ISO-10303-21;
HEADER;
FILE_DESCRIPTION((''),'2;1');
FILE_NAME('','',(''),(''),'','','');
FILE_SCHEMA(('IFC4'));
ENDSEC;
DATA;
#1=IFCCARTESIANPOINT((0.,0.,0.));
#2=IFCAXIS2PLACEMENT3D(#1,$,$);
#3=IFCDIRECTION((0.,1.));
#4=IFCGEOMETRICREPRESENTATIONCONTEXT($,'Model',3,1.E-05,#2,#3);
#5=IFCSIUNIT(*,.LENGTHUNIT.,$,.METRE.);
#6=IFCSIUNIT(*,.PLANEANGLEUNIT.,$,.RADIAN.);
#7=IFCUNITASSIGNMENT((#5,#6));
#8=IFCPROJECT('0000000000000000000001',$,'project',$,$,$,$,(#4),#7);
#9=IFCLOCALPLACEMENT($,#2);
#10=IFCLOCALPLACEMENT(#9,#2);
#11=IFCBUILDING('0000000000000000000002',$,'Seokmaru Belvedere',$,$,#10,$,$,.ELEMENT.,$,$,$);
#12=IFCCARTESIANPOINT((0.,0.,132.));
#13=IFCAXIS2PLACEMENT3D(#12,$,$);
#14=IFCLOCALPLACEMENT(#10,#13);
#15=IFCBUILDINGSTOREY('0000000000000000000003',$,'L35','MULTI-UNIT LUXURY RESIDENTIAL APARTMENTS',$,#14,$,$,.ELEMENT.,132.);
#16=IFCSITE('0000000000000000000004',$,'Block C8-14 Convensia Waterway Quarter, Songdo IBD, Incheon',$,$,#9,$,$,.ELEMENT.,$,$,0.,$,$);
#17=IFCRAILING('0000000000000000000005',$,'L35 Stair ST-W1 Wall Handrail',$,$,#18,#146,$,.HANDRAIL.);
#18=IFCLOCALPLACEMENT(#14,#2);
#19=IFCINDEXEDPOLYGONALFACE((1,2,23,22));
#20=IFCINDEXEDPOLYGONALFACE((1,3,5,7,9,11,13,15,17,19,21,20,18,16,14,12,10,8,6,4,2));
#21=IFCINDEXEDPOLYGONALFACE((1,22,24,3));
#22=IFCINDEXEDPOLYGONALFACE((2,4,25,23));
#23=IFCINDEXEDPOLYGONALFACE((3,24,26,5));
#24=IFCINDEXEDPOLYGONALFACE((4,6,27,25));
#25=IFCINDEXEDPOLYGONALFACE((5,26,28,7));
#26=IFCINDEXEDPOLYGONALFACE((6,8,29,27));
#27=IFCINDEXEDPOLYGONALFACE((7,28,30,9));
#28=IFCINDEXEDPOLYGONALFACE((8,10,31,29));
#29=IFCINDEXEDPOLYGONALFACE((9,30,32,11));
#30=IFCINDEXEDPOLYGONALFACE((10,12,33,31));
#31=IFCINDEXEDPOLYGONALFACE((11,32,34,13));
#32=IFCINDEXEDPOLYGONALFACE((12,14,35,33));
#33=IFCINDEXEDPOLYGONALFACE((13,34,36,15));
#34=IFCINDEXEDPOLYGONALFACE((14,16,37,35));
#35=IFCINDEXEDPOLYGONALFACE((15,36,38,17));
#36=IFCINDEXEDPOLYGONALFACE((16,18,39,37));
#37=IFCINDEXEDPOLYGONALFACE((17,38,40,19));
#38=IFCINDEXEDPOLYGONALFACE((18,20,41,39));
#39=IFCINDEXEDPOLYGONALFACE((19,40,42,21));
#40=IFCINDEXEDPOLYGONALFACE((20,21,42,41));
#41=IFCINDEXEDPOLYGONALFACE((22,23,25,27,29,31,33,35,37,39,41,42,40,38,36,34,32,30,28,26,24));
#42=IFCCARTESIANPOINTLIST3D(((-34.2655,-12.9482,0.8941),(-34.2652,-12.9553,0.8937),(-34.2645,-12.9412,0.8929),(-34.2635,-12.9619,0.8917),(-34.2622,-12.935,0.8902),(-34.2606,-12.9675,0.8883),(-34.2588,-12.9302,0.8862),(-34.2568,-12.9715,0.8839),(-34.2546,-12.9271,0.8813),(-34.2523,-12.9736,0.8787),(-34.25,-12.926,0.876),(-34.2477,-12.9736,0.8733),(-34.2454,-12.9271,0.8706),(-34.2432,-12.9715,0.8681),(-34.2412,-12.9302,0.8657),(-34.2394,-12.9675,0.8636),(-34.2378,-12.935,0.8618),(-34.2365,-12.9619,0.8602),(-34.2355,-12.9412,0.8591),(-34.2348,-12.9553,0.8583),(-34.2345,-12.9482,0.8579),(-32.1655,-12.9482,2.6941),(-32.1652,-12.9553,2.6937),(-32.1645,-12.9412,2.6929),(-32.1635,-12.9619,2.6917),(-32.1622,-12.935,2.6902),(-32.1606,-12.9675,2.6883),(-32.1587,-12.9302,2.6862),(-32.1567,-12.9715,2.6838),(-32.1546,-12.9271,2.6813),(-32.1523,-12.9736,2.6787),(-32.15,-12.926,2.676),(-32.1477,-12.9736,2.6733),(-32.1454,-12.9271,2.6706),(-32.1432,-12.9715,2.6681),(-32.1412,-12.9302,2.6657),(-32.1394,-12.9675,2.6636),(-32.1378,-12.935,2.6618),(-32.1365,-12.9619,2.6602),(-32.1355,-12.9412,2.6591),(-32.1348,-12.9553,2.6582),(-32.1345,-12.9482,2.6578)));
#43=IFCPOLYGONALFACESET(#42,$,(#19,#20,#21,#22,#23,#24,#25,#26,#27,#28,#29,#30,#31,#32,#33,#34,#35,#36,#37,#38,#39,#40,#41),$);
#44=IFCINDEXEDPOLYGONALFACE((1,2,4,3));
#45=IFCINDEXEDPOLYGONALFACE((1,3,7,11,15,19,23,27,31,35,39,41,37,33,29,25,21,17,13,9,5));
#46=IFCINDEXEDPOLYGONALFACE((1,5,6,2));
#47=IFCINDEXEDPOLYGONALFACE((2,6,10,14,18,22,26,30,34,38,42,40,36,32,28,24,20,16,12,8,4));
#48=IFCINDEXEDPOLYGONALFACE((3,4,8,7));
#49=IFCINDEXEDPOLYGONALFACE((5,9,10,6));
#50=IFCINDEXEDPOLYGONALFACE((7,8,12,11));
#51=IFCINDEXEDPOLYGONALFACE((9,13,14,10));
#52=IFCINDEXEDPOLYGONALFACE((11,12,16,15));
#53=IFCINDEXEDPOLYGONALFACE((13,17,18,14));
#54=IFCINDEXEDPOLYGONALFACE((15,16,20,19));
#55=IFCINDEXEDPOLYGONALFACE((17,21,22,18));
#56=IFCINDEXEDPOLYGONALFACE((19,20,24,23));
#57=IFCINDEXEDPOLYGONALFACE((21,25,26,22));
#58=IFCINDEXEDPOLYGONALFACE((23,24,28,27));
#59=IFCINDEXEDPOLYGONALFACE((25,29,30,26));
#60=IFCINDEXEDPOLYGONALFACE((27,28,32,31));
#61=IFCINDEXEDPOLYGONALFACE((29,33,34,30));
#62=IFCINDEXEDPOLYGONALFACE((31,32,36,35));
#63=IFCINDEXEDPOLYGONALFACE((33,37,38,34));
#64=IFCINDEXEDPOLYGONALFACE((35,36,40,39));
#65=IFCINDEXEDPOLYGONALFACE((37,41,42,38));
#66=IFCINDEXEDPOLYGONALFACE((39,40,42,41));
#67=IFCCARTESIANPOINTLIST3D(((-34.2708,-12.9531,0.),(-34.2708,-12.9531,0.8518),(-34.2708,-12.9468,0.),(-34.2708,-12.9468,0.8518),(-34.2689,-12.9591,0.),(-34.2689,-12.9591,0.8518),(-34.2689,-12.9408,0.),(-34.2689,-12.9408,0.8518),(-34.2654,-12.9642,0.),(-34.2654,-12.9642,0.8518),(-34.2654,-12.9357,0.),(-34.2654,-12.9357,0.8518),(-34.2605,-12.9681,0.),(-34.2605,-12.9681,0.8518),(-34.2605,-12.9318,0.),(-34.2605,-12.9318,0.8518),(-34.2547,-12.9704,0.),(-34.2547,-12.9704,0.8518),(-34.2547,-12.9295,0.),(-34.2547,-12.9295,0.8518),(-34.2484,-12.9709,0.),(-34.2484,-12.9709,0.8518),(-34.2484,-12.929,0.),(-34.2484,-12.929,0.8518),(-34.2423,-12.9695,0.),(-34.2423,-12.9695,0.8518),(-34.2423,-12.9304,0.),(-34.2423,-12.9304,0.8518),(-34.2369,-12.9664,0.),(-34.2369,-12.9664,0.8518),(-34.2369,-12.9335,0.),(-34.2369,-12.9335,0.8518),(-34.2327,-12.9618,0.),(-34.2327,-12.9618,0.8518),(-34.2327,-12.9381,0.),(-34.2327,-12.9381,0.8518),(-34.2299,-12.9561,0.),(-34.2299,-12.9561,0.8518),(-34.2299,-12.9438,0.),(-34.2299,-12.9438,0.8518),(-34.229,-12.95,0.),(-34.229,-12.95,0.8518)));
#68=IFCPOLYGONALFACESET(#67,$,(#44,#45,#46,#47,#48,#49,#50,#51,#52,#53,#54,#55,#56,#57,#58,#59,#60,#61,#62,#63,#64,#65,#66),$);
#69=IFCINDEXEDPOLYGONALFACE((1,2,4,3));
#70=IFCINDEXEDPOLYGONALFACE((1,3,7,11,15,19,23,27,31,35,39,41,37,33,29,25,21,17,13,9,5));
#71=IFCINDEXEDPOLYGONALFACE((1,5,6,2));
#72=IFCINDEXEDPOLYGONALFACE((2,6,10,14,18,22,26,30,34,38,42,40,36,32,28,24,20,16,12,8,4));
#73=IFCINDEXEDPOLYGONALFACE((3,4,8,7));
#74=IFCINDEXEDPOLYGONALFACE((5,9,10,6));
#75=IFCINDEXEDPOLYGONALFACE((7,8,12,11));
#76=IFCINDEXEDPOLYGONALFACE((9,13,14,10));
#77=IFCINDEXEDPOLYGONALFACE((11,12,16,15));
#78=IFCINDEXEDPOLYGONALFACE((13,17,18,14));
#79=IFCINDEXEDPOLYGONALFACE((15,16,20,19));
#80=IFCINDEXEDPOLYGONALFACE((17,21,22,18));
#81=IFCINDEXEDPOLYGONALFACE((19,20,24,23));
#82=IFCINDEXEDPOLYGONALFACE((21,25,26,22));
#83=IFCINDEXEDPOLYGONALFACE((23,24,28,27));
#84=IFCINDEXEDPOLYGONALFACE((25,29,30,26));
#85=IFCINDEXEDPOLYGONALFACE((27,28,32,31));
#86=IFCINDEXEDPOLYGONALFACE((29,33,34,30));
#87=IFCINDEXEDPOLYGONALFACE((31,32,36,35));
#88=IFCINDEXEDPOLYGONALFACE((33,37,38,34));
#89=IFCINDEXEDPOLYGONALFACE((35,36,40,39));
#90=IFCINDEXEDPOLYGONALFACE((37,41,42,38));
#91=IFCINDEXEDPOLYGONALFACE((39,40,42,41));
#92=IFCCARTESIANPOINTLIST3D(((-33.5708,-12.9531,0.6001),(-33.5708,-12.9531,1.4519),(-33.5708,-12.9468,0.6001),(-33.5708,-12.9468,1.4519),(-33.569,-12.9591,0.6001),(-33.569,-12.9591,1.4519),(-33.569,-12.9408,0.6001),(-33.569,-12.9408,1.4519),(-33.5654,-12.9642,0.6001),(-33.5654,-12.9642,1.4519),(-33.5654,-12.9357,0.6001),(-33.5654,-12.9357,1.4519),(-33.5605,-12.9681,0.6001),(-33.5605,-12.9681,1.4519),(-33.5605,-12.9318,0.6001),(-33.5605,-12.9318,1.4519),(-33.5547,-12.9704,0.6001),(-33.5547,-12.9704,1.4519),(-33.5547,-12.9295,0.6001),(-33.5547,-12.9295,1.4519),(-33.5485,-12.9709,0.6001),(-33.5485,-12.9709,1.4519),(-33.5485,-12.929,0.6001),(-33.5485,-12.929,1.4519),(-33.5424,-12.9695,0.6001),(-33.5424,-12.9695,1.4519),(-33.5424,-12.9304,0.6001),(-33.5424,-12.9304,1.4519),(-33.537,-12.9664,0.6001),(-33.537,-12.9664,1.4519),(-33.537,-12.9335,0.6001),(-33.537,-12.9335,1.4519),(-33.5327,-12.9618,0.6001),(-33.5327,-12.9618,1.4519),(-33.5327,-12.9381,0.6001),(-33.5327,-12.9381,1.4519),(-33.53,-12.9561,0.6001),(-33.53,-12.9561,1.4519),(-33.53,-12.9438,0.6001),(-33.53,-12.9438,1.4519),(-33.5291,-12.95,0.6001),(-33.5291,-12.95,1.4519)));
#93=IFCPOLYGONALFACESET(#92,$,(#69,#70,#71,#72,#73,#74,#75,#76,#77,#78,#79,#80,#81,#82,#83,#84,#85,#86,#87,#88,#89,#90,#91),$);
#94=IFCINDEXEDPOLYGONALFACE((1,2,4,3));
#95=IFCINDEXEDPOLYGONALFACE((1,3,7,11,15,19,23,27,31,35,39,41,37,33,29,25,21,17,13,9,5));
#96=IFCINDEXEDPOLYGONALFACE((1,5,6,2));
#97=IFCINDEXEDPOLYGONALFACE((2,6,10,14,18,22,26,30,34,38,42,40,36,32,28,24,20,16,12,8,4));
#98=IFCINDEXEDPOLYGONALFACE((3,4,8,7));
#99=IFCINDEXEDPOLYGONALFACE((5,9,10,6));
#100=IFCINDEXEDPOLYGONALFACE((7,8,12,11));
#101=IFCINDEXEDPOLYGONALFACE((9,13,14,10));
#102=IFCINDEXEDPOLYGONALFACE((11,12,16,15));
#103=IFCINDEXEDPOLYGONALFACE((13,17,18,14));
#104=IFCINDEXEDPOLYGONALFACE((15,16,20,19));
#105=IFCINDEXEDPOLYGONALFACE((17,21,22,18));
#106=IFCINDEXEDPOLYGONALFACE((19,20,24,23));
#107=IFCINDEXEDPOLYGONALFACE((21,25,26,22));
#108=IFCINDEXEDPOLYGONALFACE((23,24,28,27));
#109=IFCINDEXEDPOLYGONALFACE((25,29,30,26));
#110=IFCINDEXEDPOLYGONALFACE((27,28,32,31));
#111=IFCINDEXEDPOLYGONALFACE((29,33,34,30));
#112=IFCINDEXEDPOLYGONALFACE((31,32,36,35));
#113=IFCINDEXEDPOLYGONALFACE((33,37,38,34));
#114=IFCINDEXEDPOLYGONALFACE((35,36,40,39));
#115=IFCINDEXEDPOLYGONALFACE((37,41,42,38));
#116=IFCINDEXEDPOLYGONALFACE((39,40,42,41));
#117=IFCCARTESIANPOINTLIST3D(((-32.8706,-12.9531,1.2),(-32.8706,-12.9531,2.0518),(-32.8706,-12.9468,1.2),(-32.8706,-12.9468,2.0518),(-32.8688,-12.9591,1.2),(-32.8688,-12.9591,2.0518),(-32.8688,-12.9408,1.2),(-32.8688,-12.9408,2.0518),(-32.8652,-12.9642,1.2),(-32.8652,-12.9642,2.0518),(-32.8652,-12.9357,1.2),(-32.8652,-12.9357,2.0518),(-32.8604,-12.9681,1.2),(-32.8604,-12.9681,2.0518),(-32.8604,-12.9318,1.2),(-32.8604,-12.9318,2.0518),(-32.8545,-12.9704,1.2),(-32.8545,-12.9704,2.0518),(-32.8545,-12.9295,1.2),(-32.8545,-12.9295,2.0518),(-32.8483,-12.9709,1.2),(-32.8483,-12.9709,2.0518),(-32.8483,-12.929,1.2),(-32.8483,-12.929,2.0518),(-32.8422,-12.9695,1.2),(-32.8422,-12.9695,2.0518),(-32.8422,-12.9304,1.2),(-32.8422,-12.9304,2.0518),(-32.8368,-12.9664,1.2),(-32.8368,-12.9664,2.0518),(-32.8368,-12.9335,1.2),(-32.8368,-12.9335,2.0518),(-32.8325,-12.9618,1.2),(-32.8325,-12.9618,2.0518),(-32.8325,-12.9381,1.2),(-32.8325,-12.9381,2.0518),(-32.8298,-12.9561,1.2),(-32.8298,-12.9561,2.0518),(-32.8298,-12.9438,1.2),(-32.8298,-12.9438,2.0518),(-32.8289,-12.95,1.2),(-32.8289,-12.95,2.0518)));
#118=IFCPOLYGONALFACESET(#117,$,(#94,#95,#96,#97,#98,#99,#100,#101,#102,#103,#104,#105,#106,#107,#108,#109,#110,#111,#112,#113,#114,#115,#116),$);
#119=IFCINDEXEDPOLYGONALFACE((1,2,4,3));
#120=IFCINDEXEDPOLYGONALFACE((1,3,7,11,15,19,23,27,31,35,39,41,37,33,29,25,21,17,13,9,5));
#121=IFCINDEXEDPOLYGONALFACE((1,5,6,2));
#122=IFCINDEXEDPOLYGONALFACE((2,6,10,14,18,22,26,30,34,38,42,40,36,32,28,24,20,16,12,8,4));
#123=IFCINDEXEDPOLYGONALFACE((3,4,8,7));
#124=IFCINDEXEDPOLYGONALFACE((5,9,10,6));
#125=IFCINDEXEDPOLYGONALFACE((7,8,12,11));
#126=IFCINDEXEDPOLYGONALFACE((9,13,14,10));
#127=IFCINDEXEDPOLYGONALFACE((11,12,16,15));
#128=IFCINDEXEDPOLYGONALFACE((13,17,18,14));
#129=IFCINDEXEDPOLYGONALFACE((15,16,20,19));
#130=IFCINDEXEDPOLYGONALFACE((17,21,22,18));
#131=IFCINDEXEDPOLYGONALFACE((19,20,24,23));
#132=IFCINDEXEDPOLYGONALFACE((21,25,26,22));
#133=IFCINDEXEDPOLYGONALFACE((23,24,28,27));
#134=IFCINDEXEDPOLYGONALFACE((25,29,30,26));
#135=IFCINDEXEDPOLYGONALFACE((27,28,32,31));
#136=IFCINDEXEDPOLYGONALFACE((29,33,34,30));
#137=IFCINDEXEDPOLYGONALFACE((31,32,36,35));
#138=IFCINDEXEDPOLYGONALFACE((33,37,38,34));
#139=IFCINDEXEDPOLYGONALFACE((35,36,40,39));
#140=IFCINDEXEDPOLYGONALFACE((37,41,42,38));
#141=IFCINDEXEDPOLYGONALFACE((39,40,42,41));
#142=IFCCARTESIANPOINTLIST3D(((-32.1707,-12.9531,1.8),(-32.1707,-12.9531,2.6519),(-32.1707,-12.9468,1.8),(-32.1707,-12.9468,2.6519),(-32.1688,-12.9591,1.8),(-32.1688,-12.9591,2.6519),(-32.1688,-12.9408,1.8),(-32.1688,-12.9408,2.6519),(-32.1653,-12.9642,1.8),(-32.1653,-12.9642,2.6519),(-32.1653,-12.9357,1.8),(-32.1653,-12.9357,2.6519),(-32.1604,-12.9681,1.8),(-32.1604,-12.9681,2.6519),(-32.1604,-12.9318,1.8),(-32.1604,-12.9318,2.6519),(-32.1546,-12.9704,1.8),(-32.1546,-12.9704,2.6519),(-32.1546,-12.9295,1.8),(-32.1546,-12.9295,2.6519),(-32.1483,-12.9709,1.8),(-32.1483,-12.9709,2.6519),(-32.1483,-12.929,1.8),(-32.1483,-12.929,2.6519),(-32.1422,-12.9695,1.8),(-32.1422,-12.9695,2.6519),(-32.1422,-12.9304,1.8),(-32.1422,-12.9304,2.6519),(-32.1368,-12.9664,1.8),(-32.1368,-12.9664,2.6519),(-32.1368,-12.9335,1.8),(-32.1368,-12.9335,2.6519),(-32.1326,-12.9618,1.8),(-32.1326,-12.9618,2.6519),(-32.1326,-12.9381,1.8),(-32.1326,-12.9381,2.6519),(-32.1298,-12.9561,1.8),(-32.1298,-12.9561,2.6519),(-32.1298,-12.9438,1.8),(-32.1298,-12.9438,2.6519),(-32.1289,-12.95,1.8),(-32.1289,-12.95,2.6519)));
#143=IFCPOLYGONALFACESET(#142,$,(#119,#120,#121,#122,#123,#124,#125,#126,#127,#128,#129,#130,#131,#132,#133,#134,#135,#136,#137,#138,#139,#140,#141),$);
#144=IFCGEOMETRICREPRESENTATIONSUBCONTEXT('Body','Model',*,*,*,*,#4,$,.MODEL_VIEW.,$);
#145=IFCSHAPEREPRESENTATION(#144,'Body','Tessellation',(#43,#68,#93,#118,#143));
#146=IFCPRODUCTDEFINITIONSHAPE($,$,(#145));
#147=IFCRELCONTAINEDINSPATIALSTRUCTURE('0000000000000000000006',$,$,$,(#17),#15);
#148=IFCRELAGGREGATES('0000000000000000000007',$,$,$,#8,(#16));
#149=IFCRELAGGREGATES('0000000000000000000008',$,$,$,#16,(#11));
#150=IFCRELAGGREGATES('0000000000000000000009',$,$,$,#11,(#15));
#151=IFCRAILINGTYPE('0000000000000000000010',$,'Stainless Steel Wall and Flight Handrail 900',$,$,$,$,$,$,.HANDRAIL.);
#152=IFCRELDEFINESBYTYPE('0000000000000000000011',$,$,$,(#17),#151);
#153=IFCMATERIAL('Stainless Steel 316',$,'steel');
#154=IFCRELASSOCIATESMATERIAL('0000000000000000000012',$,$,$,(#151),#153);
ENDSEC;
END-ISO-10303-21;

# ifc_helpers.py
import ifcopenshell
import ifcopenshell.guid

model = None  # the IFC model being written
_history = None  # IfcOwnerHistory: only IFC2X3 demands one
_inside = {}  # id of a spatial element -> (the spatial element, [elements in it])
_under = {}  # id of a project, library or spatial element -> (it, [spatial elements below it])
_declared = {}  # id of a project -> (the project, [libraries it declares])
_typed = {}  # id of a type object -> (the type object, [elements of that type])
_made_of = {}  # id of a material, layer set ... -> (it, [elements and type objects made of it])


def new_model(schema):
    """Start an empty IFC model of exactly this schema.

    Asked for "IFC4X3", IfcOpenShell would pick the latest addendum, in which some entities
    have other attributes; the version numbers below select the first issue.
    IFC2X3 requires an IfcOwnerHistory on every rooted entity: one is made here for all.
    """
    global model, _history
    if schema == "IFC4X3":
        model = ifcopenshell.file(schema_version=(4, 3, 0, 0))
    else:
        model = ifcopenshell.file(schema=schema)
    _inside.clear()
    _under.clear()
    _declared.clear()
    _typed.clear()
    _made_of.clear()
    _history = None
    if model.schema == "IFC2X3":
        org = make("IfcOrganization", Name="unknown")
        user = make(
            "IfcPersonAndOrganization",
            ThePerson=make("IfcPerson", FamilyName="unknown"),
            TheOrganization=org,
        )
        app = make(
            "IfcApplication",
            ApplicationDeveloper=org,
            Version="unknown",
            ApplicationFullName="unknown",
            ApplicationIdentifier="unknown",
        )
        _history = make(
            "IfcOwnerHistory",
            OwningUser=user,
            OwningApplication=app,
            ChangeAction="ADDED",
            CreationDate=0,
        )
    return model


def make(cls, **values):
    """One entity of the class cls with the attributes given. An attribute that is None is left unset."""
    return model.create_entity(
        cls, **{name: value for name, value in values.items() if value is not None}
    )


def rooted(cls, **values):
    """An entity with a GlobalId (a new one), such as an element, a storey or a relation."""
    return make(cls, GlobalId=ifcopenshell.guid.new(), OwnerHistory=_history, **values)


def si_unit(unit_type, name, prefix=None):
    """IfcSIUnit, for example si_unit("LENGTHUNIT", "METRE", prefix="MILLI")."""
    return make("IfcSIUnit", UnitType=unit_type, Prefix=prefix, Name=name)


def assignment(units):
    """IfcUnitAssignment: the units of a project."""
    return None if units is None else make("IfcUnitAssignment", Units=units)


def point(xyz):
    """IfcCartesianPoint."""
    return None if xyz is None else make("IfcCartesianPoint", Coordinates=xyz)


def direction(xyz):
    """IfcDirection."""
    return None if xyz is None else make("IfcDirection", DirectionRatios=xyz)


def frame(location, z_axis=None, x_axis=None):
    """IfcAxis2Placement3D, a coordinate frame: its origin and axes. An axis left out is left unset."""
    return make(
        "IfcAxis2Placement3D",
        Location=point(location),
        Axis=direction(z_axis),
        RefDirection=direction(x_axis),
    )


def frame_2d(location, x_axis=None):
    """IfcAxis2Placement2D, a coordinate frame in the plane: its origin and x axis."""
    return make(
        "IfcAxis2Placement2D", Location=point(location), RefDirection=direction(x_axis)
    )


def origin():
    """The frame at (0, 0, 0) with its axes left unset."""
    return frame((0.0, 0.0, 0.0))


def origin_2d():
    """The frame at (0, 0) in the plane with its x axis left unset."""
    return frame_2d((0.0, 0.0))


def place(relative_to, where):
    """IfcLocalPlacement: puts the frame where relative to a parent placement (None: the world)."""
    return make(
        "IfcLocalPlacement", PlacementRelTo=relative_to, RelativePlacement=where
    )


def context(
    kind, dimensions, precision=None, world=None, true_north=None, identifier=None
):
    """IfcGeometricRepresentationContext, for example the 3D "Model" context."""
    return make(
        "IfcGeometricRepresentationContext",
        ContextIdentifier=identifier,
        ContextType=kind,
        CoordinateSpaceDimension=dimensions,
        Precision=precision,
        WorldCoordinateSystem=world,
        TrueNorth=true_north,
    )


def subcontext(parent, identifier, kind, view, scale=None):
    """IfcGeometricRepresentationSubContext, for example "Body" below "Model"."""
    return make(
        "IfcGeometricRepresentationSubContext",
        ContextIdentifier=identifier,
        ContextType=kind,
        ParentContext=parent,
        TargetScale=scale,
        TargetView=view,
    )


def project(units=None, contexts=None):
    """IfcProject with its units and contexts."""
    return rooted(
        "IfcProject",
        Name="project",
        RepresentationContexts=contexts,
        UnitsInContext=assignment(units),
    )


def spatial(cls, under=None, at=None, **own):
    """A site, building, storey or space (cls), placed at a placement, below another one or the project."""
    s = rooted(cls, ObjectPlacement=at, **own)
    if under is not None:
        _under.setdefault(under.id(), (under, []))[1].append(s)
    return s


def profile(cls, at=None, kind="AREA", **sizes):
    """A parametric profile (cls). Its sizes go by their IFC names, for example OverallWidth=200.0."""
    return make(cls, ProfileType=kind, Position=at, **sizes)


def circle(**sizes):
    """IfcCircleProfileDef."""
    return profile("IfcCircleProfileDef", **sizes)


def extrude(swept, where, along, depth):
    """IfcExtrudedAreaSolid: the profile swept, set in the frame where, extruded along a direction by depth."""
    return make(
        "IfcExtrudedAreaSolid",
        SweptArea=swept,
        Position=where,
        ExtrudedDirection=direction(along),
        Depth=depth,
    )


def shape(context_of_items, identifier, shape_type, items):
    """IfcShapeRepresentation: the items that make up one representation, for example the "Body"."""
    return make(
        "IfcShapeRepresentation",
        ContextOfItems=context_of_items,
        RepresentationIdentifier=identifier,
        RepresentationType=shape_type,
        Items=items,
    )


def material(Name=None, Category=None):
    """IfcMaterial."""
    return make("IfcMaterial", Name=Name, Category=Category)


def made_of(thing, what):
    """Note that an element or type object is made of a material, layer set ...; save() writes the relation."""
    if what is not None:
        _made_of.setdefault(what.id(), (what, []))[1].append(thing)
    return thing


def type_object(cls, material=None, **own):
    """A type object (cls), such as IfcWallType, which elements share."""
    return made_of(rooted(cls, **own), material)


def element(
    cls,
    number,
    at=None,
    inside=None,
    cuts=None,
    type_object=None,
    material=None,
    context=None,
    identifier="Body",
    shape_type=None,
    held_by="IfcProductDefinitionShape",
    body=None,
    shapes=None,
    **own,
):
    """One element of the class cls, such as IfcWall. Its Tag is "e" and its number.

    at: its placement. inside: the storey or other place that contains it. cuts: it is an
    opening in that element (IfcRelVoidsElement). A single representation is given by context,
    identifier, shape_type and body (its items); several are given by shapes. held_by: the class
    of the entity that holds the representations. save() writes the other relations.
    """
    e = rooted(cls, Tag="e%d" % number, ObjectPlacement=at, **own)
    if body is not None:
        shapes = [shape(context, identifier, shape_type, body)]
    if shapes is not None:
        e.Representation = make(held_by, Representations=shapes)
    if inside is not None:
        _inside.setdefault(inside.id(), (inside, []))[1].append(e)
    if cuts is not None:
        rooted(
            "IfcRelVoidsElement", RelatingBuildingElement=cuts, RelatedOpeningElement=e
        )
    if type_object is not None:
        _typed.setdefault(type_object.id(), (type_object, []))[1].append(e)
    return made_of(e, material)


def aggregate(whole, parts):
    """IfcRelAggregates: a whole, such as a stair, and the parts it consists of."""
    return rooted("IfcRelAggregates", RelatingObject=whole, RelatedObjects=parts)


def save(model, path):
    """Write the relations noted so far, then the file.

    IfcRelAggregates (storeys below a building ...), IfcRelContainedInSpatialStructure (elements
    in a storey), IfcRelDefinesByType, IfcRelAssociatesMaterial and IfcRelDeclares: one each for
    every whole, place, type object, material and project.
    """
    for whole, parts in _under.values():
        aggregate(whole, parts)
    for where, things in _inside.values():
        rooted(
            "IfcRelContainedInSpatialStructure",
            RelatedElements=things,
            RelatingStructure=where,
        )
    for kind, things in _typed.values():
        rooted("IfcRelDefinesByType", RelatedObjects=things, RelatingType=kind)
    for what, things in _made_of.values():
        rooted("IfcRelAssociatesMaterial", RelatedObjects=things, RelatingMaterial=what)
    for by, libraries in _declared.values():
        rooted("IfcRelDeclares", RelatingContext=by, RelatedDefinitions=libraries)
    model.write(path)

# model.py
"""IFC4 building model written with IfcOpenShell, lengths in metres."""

from ifc_helpers import new_model, si_unit, direction, frame, origin, origin_2d, place, context, subcontext, project, spatial, circle, extrude, material, type_object, element, save


model = new_model("IFC4")

# Units and contexts
model_context = context("Model", 3, precision=1e-05, world=origin(), true_north=direction((0.0, 1.0)))
body_context = subcontext(model_context, "Body", "Model", "MODEL_VIEW")
ifc_project = project(units=[si_unit("LENGTHUNIT", "METRE"), si_unit("PLANEANGLEUNIT", "RADIAN")], contexts=[model_context])

# Site, building, storey
site_placement = place(None, origin())
site = spatial("IfcSite", under=ifc_project, at=site_placement, Name="Block C8-14 Convensia Waterway Quarter, Songdo IBD, Incheon", CompositionType="ELEMENT", RefElevation=0.0)
building_placement = place(site_placement, origin())
building = spatial("IfcBuilding", under=site, at=building_placement, Name="Seokmaru Belvedere", CompositionType="ELEMENT")
storey_placement = place(building_placement, frame((0.0, 0.0, 132.0)))
storey = spatial("IfcBuildingStorey", under=building, at=storey_placement, Name="L35", Description="MULTI-UNIT LUXURY RESIDENTIAL APARTMENTS", CompositionType="ELEMENT", Elevation=132.0)

# Shared definitions
ifc_material_1 = material(Name="Stainless Steel 316", Category="steel")

# Railing
railing_type_1 = type_object("IfcRailingType", Name="Stainless Steel Wall and Flight Handrail 900", PredefinedType="HANDRAIL", material=ifc_material_1)
railing_1_placement = place(storey_placement, frame((-34.25, -12.95, 0.0)))
element("IfcRailing", 1, at=railing_1_placement, inside=storey, type_object=railing_type_1, Name="L35 Stair ST-W1 Wall Handrail", PredefinedType="HANDRAIL", context=body_context, shape_type="SweptSolid", body=[
    extrude(circle(Radius=0.0239, at=origin_2d()), frame((0.0, 0.0, 0.876), z_axis=(0.759263, 0.0, 0.650784), x_axis=(0.0, 1.0, 0.0)), (0.0, 0.0, 1.0), 2.7659),
    extrude(circle(Radius=0.021, at=origin_2d()), origin(), (0.0, 0.0, 1.0), 0.8518),
    extrude(circle(Radius=0.021, at=origin_2d()), frame((0.7, 0.0, 0.6001)), (0.0, 0.0, 1.0), 0.8518),
    extrude(circle(Radius=0.021, at=origin_2d()), frame((1.4001, 0.0, 1.2)), (0.0, 0.0, 1.0), 0.8518),
    extrude(circle(Radius=0.021, at=origin_2d()), frame((2.1001, 0.0, 1.8)), (0.0, 0.0, 1.0), 0.8518),
])

save(model, "model.ifc")
